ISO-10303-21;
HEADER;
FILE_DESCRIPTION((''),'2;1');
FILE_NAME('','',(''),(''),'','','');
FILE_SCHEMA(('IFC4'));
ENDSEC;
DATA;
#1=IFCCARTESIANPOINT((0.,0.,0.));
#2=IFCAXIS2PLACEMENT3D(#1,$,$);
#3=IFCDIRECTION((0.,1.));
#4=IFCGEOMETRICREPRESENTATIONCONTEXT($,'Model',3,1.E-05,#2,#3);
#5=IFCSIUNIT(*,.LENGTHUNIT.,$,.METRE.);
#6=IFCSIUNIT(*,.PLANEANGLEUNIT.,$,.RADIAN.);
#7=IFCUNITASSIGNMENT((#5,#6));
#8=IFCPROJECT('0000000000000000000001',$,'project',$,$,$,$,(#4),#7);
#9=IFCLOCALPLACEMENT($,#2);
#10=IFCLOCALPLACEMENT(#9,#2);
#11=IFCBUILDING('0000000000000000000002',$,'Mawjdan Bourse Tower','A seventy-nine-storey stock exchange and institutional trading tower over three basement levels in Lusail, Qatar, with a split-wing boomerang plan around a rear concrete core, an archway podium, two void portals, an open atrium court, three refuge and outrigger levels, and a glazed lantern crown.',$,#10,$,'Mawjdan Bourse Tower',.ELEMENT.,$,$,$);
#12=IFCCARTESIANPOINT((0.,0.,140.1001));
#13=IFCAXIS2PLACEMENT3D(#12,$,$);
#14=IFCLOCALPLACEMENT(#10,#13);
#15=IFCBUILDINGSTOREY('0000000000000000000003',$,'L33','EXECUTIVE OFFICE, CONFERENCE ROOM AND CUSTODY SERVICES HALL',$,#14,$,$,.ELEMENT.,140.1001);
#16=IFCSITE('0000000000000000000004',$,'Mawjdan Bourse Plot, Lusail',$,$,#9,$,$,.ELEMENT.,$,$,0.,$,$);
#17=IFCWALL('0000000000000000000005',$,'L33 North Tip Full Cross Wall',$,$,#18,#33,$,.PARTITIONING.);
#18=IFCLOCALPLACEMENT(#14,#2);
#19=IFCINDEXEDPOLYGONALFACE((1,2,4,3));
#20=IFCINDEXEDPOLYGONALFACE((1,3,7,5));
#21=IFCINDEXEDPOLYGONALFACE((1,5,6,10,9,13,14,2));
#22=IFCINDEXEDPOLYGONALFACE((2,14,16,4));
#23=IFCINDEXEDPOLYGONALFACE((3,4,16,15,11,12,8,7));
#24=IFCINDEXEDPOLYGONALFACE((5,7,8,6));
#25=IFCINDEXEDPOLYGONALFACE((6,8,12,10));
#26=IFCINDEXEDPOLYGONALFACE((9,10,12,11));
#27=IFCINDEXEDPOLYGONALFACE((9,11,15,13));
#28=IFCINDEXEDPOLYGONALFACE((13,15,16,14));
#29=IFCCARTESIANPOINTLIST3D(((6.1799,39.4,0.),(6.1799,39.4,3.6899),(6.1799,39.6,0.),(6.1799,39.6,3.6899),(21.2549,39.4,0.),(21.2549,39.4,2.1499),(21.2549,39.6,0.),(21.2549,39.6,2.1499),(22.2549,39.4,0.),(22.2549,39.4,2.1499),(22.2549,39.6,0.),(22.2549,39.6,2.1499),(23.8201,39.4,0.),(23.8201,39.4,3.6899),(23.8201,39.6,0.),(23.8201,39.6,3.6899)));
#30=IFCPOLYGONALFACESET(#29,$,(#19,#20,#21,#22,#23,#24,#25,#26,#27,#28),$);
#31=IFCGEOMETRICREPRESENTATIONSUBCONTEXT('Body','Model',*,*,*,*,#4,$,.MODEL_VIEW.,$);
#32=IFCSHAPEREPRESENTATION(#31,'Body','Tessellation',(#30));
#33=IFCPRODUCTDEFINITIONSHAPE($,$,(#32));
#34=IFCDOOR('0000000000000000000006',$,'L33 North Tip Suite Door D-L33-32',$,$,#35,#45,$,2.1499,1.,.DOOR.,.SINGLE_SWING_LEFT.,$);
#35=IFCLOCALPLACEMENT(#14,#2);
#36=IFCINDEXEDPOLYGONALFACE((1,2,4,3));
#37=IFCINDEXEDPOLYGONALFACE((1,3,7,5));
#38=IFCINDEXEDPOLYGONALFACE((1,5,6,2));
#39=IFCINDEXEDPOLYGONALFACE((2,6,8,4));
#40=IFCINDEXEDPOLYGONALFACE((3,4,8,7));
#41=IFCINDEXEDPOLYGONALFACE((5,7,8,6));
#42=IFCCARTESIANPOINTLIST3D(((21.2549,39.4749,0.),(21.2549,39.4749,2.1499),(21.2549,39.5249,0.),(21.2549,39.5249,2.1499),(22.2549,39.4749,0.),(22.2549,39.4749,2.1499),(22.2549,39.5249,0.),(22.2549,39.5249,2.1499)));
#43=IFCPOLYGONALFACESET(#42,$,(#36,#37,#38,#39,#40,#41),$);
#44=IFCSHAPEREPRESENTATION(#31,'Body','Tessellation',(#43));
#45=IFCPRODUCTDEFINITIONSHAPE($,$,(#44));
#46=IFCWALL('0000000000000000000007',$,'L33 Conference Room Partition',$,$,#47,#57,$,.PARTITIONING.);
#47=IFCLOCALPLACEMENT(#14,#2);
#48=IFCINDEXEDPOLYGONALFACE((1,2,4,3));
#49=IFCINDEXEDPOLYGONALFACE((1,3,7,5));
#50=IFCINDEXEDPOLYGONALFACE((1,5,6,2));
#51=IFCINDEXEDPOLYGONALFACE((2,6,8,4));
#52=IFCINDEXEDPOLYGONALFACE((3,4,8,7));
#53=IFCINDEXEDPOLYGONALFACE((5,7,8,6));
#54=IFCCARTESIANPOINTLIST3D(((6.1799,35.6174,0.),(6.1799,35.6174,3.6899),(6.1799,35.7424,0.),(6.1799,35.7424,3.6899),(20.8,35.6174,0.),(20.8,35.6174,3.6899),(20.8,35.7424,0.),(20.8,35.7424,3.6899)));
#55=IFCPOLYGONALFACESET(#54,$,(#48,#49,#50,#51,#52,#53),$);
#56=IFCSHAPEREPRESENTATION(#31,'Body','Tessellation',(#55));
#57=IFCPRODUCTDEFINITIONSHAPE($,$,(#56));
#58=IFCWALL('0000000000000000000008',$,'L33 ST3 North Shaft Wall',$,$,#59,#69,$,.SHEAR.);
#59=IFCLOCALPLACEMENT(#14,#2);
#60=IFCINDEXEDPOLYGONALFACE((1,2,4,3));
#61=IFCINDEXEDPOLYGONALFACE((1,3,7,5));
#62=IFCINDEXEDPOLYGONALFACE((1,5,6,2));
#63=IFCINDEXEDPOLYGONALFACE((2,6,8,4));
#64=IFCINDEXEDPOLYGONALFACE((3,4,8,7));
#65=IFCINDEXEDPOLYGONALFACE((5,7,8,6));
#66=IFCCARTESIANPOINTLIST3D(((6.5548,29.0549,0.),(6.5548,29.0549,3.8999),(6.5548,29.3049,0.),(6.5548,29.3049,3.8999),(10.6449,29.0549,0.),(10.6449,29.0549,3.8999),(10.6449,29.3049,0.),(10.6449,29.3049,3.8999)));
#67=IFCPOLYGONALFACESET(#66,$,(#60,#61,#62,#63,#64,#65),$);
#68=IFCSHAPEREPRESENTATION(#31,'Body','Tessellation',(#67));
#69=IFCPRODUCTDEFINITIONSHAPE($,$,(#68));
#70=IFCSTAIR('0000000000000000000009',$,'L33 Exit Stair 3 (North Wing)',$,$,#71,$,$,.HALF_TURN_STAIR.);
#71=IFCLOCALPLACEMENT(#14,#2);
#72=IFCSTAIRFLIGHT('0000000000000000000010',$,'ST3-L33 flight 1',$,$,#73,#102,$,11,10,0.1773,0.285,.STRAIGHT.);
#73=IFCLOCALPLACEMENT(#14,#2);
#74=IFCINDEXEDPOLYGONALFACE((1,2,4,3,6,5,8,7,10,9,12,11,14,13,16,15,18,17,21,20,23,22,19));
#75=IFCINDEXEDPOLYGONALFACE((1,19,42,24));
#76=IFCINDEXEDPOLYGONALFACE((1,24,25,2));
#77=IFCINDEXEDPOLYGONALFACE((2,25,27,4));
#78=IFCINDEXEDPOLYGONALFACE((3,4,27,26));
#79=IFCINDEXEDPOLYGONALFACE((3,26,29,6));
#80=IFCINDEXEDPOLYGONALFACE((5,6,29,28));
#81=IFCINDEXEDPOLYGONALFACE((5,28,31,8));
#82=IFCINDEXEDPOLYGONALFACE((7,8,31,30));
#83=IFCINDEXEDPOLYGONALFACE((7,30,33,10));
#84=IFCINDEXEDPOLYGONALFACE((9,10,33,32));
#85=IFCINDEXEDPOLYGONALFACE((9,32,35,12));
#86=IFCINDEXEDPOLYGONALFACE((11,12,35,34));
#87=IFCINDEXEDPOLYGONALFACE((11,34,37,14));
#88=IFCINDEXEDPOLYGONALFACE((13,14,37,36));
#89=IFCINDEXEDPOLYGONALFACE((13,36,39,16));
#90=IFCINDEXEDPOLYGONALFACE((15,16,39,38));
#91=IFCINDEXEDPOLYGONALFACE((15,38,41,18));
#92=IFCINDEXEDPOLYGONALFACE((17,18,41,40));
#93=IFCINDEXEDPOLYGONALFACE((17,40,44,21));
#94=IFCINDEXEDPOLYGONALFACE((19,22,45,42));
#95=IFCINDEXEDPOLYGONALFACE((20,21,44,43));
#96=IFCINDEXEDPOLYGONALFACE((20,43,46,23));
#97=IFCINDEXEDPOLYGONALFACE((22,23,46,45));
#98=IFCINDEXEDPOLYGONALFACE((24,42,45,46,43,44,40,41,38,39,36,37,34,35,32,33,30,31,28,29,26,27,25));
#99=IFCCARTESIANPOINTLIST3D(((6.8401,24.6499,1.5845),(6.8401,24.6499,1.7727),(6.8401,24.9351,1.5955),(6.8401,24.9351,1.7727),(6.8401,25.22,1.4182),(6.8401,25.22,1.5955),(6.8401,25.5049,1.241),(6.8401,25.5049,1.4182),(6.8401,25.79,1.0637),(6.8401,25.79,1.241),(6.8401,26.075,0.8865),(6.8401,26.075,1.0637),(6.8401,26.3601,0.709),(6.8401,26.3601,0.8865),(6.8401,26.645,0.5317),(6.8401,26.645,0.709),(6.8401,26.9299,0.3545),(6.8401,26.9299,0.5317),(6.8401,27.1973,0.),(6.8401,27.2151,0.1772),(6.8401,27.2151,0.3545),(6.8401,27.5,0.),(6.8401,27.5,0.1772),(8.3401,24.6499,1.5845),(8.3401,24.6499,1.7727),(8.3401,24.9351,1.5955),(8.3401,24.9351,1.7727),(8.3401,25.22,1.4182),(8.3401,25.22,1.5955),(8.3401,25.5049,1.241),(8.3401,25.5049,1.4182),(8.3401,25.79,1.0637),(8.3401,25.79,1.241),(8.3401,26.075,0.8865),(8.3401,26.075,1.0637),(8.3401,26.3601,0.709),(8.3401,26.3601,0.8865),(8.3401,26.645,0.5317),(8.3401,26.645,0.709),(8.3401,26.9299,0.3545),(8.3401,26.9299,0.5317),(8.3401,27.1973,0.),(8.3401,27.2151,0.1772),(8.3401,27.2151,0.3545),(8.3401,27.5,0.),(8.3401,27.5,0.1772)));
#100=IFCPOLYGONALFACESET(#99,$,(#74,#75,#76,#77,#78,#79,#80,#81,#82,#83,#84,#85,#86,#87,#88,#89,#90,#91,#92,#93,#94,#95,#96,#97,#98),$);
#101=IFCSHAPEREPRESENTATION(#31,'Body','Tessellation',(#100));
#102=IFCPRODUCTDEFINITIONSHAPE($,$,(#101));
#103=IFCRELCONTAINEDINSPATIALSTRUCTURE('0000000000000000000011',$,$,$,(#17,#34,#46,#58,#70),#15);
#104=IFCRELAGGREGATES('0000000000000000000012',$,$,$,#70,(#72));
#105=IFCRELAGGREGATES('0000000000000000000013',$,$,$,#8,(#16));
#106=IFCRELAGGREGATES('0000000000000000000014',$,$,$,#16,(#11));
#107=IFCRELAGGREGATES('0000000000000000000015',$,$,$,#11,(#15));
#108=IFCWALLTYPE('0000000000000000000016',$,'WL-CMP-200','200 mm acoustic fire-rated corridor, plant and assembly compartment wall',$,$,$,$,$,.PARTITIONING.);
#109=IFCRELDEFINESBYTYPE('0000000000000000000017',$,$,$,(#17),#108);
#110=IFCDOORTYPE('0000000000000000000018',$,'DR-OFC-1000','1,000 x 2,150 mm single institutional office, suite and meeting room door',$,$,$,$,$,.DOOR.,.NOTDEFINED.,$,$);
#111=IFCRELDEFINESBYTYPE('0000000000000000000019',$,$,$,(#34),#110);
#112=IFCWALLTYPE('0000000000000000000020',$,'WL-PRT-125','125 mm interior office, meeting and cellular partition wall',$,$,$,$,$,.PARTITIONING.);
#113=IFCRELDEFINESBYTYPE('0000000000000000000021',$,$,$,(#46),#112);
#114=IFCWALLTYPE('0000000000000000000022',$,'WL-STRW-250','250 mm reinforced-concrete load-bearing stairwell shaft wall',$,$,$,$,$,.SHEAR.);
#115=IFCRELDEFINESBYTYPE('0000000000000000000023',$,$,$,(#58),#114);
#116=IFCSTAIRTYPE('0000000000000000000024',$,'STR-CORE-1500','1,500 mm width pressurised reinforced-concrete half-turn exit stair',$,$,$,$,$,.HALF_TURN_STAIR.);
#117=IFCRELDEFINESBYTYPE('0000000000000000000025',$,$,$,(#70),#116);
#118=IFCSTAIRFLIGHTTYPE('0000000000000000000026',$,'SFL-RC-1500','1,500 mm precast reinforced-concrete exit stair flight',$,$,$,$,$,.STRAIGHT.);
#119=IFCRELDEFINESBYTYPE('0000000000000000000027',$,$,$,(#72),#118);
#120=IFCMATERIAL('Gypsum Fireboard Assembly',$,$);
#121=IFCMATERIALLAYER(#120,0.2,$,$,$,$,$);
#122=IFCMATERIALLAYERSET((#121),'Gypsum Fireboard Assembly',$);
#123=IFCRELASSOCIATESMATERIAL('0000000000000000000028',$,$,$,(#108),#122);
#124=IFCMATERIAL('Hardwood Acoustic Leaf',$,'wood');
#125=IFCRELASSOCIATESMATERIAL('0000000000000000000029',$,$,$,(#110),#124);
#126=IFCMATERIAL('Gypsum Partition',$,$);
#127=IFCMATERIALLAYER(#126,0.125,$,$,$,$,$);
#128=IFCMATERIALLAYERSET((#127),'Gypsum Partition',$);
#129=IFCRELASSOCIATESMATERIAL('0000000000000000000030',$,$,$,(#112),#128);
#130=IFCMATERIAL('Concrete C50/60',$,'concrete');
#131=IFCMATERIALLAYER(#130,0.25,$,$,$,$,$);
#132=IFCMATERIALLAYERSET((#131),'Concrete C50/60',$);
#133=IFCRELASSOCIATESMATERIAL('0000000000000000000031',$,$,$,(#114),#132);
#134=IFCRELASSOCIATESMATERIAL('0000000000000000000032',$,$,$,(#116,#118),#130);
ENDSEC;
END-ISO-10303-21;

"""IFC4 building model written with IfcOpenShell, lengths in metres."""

from ifc_helpers import new_model, si_unit, direction, frame, frame_2d, origin, place, context, subcontext, project, spatial, polyline, rectangle, outline, extrude, material, layer, layer_set, type_object, element, fill, aggregate, save


model = new_model("IFC4")

# Units and contexts
model_context = context("Model", 3, precision=1e-05, world=origin(), true_north=direction((0.0, 1.0)))
body_context = subcontext(model_context, "Body", "Model", "MODEL_VIEW")
ifc_project = project(units=[si_unit("LENGTHUNIT", "METRE"), si_unit("PLANEANGLEUNIT", "RADIAN")], contexts=[model_context])

# Site, building, storey
site_placement = place(None, origin())
site = spatial("IfcSite", under=ifc_project, at=site_placement, Name="Mawjdan Bourse Plot, Lusail", CompositionType="ELEMENT", RefElevation=0.0)
building_placement = place(site_placement, origin())
building = spatial("IfcBuilding", under=site, at=building_placement, Name="Mawjdan Bourse Tower", Description="A seventy-nine-storey stock exchange and institutional trading tower over three basement levels in Lusail, Qatar, with a split-wing boomerang plan around a rear concrete core, an archway podium, two void portals, an open atrium court, three refuge and outrigger levels, and a glazed lantern crown.", LongName="Mawjdan Bourse Tower", CompositionType="ELEMENT")
storey_placement = place(building_placement, frame((0.0, 0.0, 140.1001)))
storey = spatial("IfcBuildingStorey", under=building, at=storey_placement, Name="L33", Description="EXECUTIVE OFFICE, CONFERENCE ROOM AND CUSTODY SERVICES HALL", CompositionType="ELEMENT", Elevation=140.1001)

# Shared definitions
ifc_material_1 = material(Name="Gypsum Fireboard Assembly")
ifc_layer_1 = layer(ifc_material_1, 0.2)
ifc_layer_set_1 = layer_set([ifc_layer_1], Name="Gypsum Fireboard Assembly")
wall_type_1 = type_object("IfcWallType", Name="WL-CMP-200", Description="200 mm acoustic fire-rated corridor, plant and assembly compartment wall", PredefinedType="PARTITIONING", material=ifc_layer_set_1)

# Wall, opening, door
wall_1_placement = place(storey_placement, frame((6.1799, 39.5, 0.0), z_axis=(0.0, 0.0, 1.0), x_axis=(1.0, 0.0, 0.0)))
wall_1 = element("IfcWall", 1, at=wall_1_placement, inside=storey, type_object=wall_type_1, Name="L33 North Tip Full Cross Wall", PredefinedType="PARTITIONING", context=body_context, shape_type="SweptSolid", body=[
    extrude(rectangle(XDim=17.6401, YDim=0.2, at=frame_2d((8.8201, 0.0))), origin(), (0.0, 0.0, 1.0), 3.6899),
])
opening_1_placement = place(wall_1_placement, frame((15.075, 0.0, 0.0)))
opening_1 = element("IfcOpeningElement", 2, at=opening_1_placement, cuts=wall_1, PredefinedType="OPENING", context=body_context, shape_type="SweptSolid", body=[
    extrude(rectangle(XDim=1.0, YDim=2.1499, at=frame_2d((0.5, 1.075))), frame((0.0, 0.1099, 0.0), z_axis=(0.0, -1.0, 0.0), x_axis=(1.0, 0.0, 0.0)), (0.0, 0.0, 1.0), 0.22),
])
ifc_material_2 = material(Name="Hardwood Acoustic Leaf", Category="wood")
door_type = type_object("IfcDoorType", Name="DR-OFC-1000", Description="1,000 x 2,150 mm single institutional office, suite and meeting room door", OperationType="NOTDEFINED", PredefinedType="DOOR", material=ifc_material_2)
door_placement = place(opening_1_placement, origin())
door = element("IfcDoor", 3, at=door_placement, inside=storey, type_object=door_type, Name="L33 North Tip Suite Door D-L33-32", OperationType="SINGLE_SWING_LEFT", OverallHeight=2.1499, OverallWidth=1.0, PredefinedType="DOOR", context=body_context, shape_type="SweptSolid", body=[
    extrude(rectangle(XDim=1.0, YDim=2.1499, at=frame_2d((0.5, 1.075))), frame((0.0, 0.0249, 0.0), z_axis=(0.0, -1.0, 0.0), x_axis=(1.0, 0.0, 0.0)), (0.0, 0.0, 1.0), 0.05),
])
fill(opening_1, door)

# Walls
ifc_material_3 = material(Name="Gypsum Partition")
ifc_layer_2 = layer(ifc_material_3, 0.125)
ifc_layer_set_2 = layer_set([ifc_layer_2], Name="Gypsum Partition")
wall_type_2 = type_object("IfcWallType", Name="WL-PRT-125", Description="125 mm interior office, meeting and cellular partition wall", PredefinedType="PARTITIONING", material=ifc_layer_set_2)
wall_2_placement = place(storey_placement, frame((6.1799, 35.6799, 0.0), z_axis=(0.0, 0.0, 1.0), x_axis=(1.0, 0.0, 0.0)))
element("IfcWall", 4, at=wall_2_placement, inside=storey, type_object=wall_type_2, Name="L33 Conference Room Partition", PredefinedType="PARTITIONING", context=body_context, shape_type="SweptSolid", body=[
    extrude(rectangle(XDim=14.6201, YDim=0.125, at=frame_2d((7.3101, 0.0))), origin(), (0.0, 0.0, 1.0), 3.6899),
])
ifc_material_4 = material(Name="Concrete C50/60", Category="concrete")
ifc_layer_3 = layer(ifc_material_4, 0.25)
ifc_layer_set_3 = layer_set([ifc_layer_3], Name="Concrete C50/60")
wall_type_3 = type_object("IfcWallType", Name="WL-STRW-250", Description="250 mm reinforced-concrete load-bearing stairwell shaft wall", PredefinedType="SHEAR", material=ifc_layer_set_3)
wall_3_placement = place(storey_placement, frame((6.5549, 29.1799, 0.0), z_axis=(0.0, 0.0, 1.0), x_axis=(1.0, 0.0, 0.0)))
element("IfcWall", 5, at=wall_3_placement, inside=storey, type_object=wall_type_3, Name="L33 ST3 North Shaft Wall", PredefinedType="SHEAR", context=body_context, shape_type="SweptSolid", body=[
    extrude(rectangle(XDim=4.0901, YDim=0.25, at=frame_2d((2.0449, 0.0))), origin(), (0.0, 0.0, 1.0), 3.8999),
])

# Stair, stair flight
stair_type = type_object("IfcStairType", Name="STR-CORE-1500", Description="1,500 mm width pressurised reinforced-concrete half-turn exit stair", PredefinedType="HALF_TURN_STAIR", material=ifc_material_4)
stair_placement = place(storey_placement, origin())
stair = element("IfcStair", 6, at=stair_placement, inside=storey, type_object=stair_type, Name="L33 Exit Stair 3 (North Wing)", PredefinedType="HALF_TURN_STAIR")
stair_flight_type = type_object("IfcStairFlightType", Name="SFL-RC-1500", Description="1,500 mm precast reinforced-concrete exit stair flight", PredefinedType="STRAIGHT", material=ifc_material_4)
stair_flight_placement = place(storey_placement, frame((7.5901, 27.5, 0.0), z_axis=(0.0, 0.0, 1.0), x_axis=(0.0, -1.0, 0.0)))
stair_flight = element("IfcStairFlight", 7, at=stair_flight_placement, type_object=stair_flight_type, Name="ST3-L33 flight 1", NumberOfRisers=11, NumberOfTreads=10, PredefinedType="STRAIGHT", RiserHeight=0.1773, TreadLength=0.285, context=body_context, shape_type="SweptSolid", body=[
    extrude(outline(polyline([(0.0, 0.0), (0.0, 0.1772), (0.2849, 0.1772), (0.2849, 0.3545), (0.5701, 0.3545), (0.5701, 0.5317), (0.855, 0.5317), (0.855, 0.709), (1.1399, 0.709), (1.1399, 0.8865), (1.425, 0.8865), (1.425, 1.0637), (1.71, 1.0637), (1.71, 1.241), (1.9951, 1.241), (1.9951, 1.4182), (2.28, 1.4182), (2.28, 1.5955), (2.5649, 1.5955), (2.5649, 1.7727), (2.8501, 1.7727), (2.8501, 1.95), (2.8501, 1.5845), (0.3027, 0.0), (0.0, 0.0)])), frame((0.0, 0.75, 0.0), z_axis=(0.0, -1.0, 0.0), x_axis=(1.0, 0.0, 0.0)), (0.0, 0.0, 1.0), 1.5),
])
aggregate(stair, [stair_flight])

save(model, "model.ifc")
